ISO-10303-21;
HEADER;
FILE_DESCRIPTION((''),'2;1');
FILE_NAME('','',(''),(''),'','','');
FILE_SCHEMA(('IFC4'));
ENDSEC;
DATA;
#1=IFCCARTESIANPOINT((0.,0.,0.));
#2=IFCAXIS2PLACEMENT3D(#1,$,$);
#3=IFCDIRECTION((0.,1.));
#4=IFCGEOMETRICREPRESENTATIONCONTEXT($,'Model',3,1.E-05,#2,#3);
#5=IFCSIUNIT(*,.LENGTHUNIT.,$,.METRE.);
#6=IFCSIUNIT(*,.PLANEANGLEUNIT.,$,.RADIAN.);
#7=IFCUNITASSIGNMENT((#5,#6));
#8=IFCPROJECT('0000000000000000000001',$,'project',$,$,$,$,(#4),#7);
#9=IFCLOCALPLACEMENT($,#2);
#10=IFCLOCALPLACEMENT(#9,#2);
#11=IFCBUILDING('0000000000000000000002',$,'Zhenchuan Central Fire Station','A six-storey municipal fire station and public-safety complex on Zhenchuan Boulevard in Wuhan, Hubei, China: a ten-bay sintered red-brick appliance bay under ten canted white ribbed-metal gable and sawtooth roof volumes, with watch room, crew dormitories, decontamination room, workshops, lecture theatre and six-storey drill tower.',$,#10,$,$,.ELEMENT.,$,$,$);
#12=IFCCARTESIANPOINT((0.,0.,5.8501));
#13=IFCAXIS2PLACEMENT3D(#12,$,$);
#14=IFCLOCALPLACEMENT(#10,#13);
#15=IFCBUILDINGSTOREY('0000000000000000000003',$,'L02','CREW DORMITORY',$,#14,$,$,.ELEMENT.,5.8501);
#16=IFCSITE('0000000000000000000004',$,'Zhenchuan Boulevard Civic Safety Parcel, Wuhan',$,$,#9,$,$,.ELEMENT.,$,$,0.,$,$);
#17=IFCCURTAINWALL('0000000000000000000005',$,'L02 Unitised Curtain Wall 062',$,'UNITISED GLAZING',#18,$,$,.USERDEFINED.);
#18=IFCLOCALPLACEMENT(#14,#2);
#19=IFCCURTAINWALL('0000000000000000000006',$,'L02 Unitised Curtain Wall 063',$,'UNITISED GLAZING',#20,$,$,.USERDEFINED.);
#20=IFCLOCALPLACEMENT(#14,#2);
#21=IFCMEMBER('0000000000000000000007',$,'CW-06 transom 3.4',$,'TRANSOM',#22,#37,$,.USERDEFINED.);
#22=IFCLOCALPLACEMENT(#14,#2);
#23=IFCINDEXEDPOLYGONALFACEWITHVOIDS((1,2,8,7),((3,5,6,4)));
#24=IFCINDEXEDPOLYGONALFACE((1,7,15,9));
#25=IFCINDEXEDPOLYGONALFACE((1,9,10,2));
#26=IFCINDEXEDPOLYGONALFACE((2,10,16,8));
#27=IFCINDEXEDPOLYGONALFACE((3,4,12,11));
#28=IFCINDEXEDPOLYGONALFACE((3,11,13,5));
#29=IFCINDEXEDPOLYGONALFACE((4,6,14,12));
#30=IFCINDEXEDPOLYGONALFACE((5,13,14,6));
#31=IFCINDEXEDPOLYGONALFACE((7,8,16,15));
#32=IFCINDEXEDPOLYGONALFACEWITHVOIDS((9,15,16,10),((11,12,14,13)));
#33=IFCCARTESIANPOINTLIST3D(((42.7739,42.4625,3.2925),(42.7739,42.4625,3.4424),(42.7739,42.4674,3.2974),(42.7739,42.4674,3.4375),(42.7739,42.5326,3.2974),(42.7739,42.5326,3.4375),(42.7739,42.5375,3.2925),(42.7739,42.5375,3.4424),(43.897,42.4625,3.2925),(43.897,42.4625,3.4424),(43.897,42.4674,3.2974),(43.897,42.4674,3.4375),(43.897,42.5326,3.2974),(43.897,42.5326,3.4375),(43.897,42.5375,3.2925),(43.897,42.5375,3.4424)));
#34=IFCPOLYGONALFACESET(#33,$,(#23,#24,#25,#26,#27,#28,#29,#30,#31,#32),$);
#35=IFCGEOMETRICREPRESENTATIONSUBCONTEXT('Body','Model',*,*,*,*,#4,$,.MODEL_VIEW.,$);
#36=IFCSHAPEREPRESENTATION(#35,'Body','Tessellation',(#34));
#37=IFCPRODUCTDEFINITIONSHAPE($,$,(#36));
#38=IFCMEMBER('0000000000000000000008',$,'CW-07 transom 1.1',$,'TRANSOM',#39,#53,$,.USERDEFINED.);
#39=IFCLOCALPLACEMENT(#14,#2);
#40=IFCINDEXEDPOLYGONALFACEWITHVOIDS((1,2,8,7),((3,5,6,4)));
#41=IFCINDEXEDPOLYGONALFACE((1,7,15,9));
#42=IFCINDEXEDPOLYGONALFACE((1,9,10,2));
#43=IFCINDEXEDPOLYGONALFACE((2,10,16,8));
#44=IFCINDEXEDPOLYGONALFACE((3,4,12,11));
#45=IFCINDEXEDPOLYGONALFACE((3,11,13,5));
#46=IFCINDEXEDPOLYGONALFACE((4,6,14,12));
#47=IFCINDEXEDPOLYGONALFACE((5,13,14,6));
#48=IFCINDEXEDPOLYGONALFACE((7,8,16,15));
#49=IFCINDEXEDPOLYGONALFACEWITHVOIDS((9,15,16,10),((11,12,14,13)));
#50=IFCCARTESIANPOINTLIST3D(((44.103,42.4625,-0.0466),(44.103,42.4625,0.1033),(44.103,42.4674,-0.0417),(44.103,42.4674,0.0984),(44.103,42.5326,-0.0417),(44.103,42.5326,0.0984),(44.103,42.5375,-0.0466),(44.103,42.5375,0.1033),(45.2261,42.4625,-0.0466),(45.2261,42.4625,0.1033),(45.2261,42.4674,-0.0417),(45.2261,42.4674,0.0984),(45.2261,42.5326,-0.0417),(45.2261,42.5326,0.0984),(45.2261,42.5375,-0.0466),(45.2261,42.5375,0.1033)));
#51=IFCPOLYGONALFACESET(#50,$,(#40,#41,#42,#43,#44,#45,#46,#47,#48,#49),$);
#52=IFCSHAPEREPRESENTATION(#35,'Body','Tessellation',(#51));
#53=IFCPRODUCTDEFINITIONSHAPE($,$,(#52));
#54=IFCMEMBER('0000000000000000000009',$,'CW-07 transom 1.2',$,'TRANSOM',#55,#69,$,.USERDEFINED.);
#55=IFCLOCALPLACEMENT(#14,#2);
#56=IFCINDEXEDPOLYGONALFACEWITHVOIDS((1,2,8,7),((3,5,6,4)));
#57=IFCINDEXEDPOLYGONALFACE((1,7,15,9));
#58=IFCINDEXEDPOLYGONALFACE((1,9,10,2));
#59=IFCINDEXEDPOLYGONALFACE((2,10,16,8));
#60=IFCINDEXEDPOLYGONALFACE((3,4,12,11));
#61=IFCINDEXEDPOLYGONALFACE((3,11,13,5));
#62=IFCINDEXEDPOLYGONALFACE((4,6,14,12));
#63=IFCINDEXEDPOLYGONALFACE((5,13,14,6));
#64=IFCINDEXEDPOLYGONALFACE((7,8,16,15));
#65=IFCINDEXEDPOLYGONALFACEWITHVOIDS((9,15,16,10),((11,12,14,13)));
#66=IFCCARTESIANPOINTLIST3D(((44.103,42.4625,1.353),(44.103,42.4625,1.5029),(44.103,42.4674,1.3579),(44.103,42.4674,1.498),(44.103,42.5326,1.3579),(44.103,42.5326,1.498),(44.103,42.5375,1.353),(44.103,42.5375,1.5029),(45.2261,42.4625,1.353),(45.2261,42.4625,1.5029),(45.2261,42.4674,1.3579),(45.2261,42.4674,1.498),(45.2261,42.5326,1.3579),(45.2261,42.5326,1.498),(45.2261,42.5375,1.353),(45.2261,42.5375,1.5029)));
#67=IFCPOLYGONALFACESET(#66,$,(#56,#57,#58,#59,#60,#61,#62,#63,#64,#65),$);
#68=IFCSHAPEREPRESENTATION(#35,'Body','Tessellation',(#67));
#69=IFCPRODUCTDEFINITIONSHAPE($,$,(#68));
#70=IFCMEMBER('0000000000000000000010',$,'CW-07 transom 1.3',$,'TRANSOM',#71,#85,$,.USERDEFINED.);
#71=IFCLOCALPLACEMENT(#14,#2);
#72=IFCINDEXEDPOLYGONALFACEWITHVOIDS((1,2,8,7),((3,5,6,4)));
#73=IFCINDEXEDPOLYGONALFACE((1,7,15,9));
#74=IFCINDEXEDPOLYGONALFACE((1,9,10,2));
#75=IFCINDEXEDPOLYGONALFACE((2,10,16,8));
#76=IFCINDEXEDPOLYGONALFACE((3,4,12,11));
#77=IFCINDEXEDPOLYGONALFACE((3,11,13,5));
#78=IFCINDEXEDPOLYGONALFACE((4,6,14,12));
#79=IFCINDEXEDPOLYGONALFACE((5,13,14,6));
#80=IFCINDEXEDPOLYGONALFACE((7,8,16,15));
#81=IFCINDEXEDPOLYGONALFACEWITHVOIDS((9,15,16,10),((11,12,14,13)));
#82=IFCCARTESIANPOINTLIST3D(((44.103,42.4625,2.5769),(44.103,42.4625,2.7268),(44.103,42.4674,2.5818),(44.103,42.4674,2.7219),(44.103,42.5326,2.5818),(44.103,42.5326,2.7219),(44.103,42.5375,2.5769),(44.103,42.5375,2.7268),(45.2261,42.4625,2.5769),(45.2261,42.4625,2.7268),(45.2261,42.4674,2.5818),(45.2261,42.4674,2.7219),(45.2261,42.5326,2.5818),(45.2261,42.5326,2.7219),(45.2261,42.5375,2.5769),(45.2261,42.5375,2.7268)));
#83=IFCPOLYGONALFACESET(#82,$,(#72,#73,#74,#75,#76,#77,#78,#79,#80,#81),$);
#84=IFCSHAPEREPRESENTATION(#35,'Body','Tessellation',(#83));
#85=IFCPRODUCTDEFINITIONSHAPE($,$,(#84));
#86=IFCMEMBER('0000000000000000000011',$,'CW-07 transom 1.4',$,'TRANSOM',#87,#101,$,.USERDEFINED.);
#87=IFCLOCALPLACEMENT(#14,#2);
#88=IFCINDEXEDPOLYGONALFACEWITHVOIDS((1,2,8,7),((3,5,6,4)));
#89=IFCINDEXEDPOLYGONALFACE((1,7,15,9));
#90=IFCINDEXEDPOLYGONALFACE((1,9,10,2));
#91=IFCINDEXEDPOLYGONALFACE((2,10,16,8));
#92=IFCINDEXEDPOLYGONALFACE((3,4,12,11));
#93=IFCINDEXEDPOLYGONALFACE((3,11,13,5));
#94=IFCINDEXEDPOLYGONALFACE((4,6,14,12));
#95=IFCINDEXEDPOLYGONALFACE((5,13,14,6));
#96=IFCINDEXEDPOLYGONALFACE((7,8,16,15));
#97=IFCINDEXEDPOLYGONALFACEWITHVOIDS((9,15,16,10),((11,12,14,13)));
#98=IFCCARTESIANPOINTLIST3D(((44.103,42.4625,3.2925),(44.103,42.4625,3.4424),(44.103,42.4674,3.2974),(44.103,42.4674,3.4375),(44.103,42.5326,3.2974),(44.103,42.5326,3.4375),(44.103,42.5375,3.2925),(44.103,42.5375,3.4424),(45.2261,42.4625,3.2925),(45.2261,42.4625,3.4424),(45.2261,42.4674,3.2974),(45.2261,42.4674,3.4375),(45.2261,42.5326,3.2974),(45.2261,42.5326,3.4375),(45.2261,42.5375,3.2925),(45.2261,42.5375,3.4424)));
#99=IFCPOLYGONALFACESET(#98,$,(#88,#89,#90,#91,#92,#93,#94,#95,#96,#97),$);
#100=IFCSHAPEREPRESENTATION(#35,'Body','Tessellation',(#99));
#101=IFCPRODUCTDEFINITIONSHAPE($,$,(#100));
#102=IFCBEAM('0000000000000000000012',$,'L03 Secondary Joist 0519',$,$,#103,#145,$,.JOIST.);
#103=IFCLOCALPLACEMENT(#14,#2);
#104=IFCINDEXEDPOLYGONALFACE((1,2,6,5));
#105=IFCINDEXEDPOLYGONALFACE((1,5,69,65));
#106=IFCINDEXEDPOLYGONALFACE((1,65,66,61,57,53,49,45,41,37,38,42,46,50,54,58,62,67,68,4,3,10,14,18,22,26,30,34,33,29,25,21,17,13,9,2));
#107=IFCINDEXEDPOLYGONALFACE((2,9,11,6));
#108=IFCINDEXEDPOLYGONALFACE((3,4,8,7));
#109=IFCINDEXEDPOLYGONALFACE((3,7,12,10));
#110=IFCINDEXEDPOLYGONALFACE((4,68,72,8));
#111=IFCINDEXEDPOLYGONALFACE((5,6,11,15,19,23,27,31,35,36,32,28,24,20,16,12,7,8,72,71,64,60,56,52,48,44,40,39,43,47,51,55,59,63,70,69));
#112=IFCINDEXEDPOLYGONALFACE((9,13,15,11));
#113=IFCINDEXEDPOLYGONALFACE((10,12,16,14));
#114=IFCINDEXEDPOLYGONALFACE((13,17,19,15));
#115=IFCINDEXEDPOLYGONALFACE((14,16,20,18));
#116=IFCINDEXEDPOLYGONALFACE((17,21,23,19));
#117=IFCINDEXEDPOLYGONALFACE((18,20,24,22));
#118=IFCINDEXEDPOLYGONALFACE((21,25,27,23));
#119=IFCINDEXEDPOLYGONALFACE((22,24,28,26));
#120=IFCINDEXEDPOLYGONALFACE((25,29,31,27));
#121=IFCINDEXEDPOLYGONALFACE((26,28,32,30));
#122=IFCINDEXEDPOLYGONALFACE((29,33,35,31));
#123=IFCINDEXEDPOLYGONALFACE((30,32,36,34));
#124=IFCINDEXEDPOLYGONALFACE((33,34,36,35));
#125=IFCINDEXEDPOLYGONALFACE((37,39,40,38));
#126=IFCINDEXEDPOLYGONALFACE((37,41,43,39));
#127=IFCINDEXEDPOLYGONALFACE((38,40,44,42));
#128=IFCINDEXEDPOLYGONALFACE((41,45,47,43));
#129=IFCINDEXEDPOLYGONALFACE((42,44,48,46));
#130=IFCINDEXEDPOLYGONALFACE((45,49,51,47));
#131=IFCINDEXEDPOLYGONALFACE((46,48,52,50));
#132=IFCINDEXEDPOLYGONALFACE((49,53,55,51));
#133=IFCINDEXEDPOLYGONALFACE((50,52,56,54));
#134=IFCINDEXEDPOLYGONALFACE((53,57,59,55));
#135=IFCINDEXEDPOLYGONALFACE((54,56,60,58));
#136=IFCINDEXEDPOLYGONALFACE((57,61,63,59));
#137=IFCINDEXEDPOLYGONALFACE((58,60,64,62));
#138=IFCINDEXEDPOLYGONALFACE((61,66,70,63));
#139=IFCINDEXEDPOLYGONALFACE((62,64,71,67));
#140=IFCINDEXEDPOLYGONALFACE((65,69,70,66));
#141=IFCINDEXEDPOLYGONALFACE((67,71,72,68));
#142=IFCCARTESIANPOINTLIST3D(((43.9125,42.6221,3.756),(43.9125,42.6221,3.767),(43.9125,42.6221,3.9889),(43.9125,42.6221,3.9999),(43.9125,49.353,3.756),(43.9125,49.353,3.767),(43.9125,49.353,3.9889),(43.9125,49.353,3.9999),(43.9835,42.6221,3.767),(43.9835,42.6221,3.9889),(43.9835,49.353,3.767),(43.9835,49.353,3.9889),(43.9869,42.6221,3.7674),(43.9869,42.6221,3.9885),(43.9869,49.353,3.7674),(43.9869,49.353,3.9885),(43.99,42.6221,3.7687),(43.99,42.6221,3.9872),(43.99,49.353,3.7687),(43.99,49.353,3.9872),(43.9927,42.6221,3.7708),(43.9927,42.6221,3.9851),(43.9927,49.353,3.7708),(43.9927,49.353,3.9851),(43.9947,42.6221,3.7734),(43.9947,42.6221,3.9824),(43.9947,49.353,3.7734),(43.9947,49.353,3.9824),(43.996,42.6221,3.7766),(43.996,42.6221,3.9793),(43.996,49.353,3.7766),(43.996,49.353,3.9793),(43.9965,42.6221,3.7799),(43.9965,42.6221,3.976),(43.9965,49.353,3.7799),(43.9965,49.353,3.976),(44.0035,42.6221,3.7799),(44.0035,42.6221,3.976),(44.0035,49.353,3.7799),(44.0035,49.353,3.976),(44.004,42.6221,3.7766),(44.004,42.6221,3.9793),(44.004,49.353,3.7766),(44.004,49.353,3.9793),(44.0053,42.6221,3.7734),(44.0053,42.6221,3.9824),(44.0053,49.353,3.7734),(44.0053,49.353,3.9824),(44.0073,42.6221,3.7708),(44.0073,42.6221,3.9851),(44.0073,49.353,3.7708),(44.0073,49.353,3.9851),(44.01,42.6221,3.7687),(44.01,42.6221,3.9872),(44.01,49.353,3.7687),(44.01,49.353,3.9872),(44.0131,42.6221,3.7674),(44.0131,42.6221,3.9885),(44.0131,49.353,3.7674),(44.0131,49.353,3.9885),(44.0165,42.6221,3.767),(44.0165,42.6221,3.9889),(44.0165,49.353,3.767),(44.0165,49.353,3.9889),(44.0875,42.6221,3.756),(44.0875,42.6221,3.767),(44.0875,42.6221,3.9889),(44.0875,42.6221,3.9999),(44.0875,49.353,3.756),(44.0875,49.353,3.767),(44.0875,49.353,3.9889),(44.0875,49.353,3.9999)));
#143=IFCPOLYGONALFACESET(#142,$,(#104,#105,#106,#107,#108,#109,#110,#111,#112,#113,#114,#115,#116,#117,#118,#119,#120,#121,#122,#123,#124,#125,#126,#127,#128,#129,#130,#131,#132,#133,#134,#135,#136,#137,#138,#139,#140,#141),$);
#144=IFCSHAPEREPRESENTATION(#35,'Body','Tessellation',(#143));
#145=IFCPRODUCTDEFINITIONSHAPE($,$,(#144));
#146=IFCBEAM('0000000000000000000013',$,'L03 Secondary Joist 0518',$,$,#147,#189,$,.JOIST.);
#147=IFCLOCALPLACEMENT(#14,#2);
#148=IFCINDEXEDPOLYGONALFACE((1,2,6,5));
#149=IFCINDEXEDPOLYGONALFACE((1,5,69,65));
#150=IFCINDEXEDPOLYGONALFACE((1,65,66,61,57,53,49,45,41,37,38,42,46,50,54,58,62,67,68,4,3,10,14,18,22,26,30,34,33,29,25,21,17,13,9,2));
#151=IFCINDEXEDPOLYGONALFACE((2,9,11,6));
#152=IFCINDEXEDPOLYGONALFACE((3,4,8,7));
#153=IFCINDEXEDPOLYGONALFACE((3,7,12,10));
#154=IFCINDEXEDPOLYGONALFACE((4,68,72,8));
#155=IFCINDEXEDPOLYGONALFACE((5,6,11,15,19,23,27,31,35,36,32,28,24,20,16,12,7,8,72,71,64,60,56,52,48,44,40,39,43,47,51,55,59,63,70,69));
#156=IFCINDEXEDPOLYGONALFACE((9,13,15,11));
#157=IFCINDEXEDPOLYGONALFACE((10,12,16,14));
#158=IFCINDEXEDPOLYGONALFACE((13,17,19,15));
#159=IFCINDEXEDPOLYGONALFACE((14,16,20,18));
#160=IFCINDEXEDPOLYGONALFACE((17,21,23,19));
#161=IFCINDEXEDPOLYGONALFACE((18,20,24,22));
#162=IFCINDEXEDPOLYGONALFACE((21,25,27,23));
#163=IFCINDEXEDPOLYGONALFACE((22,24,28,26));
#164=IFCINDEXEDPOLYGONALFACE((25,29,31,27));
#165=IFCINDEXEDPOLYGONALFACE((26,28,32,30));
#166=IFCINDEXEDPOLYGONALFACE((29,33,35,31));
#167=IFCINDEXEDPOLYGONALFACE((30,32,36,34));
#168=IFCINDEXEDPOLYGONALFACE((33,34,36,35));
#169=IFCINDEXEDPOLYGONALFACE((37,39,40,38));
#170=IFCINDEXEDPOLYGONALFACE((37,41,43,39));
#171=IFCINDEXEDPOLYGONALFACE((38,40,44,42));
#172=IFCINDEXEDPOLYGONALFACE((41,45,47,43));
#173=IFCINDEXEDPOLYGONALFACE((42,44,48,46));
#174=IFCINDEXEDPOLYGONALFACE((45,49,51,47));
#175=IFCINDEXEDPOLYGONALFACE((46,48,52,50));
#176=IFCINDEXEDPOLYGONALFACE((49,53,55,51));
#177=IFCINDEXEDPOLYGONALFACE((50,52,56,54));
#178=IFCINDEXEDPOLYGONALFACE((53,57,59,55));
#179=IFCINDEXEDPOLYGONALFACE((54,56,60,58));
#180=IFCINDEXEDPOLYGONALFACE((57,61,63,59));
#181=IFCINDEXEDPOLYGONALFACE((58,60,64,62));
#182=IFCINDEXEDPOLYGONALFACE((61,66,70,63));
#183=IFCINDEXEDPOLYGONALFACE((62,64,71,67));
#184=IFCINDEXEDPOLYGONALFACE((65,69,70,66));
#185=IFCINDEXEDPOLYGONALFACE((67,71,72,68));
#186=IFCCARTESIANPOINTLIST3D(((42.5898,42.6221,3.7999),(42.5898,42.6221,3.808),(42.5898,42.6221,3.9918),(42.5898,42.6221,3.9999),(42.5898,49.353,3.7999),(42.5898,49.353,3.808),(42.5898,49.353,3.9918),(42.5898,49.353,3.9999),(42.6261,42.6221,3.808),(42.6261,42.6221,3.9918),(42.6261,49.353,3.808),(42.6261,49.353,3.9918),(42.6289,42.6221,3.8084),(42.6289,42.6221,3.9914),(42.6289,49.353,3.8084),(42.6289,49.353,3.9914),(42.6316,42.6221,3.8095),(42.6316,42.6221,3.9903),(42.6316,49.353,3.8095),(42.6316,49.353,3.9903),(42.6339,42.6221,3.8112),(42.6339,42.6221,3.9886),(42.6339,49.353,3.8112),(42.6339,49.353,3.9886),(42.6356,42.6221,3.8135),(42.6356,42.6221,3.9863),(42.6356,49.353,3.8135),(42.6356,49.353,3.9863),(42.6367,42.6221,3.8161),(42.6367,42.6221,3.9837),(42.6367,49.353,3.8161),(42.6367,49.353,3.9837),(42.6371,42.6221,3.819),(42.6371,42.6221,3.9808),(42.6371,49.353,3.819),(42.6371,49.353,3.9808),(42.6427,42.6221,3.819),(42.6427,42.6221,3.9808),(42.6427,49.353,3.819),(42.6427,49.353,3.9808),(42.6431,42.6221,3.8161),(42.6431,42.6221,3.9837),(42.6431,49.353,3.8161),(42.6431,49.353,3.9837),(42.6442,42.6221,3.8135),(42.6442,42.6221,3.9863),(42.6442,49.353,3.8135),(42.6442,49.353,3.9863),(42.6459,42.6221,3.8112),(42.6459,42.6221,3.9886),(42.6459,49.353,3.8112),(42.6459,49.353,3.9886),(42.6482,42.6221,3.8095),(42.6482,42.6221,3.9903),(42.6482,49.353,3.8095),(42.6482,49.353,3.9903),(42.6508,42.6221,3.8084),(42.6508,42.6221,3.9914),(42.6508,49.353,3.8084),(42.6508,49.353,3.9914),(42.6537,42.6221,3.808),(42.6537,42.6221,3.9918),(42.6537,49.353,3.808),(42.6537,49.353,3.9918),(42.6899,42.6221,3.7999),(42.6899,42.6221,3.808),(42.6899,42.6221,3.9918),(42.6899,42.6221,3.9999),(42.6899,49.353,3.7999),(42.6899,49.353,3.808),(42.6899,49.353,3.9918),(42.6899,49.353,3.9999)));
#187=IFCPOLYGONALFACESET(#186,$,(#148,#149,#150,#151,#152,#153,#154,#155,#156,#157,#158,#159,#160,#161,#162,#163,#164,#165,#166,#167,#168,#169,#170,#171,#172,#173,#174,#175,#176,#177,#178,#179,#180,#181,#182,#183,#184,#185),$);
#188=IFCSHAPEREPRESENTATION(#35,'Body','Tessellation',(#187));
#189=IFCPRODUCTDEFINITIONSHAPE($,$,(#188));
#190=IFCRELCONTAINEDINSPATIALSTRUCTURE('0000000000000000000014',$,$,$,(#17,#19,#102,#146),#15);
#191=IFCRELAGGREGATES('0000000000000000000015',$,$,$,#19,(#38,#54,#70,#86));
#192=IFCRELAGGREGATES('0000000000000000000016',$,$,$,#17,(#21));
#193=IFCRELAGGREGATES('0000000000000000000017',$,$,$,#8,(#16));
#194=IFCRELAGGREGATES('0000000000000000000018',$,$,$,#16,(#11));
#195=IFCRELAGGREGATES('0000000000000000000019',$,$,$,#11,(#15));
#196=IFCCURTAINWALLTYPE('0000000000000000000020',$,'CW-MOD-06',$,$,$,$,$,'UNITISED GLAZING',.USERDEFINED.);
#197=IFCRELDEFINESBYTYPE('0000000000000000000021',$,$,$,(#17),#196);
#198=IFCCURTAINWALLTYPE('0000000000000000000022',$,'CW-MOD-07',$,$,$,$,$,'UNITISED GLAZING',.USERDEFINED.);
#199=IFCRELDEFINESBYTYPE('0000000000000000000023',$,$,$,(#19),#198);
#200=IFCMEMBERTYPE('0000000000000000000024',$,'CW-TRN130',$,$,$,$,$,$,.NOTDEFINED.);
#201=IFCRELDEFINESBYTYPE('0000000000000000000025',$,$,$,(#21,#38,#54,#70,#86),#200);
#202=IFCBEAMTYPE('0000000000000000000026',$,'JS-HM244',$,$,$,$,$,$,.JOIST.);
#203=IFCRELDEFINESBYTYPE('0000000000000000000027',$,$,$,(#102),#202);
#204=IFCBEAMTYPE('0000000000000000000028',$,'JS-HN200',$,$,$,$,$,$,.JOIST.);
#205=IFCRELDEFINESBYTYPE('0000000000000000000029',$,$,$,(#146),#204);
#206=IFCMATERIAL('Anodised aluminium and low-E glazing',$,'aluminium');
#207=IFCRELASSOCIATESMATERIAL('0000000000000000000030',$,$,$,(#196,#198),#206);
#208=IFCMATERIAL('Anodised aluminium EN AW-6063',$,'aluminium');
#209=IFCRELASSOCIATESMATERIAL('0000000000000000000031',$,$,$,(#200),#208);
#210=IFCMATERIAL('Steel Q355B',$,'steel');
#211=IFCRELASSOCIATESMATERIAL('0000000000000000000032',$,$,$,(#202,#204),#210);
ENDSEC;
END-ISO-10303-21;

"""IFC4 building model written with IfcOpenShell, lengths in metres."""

from ifc_helpers import new_model, si_unit, direction, frame, origin, origin_2d, place, context, subcontext, project, spatial, hollow_rectangle, i_section, extrude, material, material_profile, profile_set, type_object, element, aggregate, save


model = new_model("IFC4")

# Units and contexts
model_context = context("Model", 3, precision=1e-05, world=origin(), true_north=direction((0.0, 1.0)))
body_context = subcontext(model_context, "Body", "Model", "MODEL_VIEW")
ifc_project = project(units=[si_unit("LENGTHUNIT", "METRE"), si_unit("PLANEANGLEUNIT", "RADIAN")], contexts=[model_context])

# Site, building, storey
site_placement = place(None, origin())
site = spatial("IfcSite", under=ifc_project, at=site_placement, Name="Zhenchuan Boulevard Civic Safety Parcel, Wuhan", CompositionType="ELEMENT", RefElevation=0.0)
building_placement = place(site_placement, origin())
building = spatial("IfcBuilding", under=site, at=building_placement, Name="Zhenchuan Central Fire Station", Description="A six-storey municipal fire station and public-safety complex on Zhenchuan Boulevard in Wuhan, Hubei, China: a ten-bay sintered red-brick appliance bay under ten canted white ribbed-metal gable and sawtooth roof volumes, with watch room, crew dormitories, decontamination room, workshops, lecture theatre and six-storey drill tower.", CompositionType="ELEMENT")
storey_placement = place(building_placement, frame((0.0, 0.0, 5.8501)))
storey = spatial("IfcBuildingStorey", under=building, at=storey_placement, Name="L02", Description="CREW DORMITORY", CompositionType="ELEMENT", Elevation=5.8501)

# Shared definitions
ifc_material_1 = material(Name="Steel Q355B", Category="steel")

# Curtain wall
ifc_material_2 = material(Name="Anodised aluminium and low-E glazing", Category="aluminium")
curtain_wall_type_1 = type_object("IfcCurtainWallType", Name="CW-MOD-06", ElementType="UNITISED GLAZING", PredefinedType="USERDEFINED", material=ifc_material_2)
curtain_wall_1_placement = place(storey_placement, origin())
curtain_wall_1 = element("IfcCurtainWall", 1, at=curtain_wall_1_placement, inside=storey, type_object=curtain_wall_type_1, Name="L02 Unitised Curtain Wall 062", ObjectType="UNITISED GLAZING", PredefinedType="USERDEFINED")
ifc_material_3 = material(Name="Anodised aluminium EN AW-6063", Category="aluminium")

# Curtain wall
curtain_wall_type_2 = type_object("IfcCurtainWallType", Name="CW-MOD-07", ElementType="UNITISED GLAZING", PredefinedType="USERDEFINED", material=ifc_material_2)
curtain_wall_2_placement = place(storey_placement, origin())
curtain_wall_2 = element("IfcCurtainWall", 2, at=curtain_wall_2_placement, inside=storey, type_object=curtain_wall_type_2, Name="L02 Unitised Curtain Wall 063", ObjectType="UNITISED GLAZING", PredefinedType="USERDEFINED")

# Members
ifc_material_profile_1 = material_profile(ifc_material_3, hollow_rectangle(XDim=0.075, YDim=0.1499, WallThickness=0.0049, at=origin_2d()), Name="ALU-T 150x75")
ifc_profile_set_1 = profile_set([ifc_material_profile_1], Name="Anodised aluminium EN AW-6063")
member_type_1 = type_object("IfcMemberType", Name="CW-TRN130", PredefinedType="NOTDEFINED", material=ifc_profile_set_1)
member_1_placement = place(storey_placement, frame((42.7739, 42.5, 3.3674), z_axis=(1.0, 0.0, 0.0), x_axis=(0.0, 1.0, 0.0)))
member_1 = element("IfcMember", 3, at=member_1_placement, type_object=member_type_1, Name="CW-06 transom 3.4", ObjectType="TRANSOM", PredefinedType="USERDEFINED", context=body_context, shape_type="SweptSolid", body=[
    extrude(hollow_rectangle(XDim=0.075, YDim=0.1499, WallThickness=0.0049, at=origin_2d()), origin(), (0.0, 0.0, 1.0), 1.123),
])
member_2_placement = place(storey_placement, frame((44.103, 42.5, 0.0283), z_axis=(1.0, 0.0, 0.0), x_axis=(0.0, 1.0, 0.0)))
member_2 = element("IfcMember", 4, at=member_2_placement, type_object=member_type_1, Name="CW-07 transom 1.1", ObjectType="TRANSOM", PredefinedType="USERDEFINED", context=body_context, shape_type="SweptSolid", body=[
    extrude(hollow_rectangle(XDim=0.075, YDim=0.1499, WallThickness=0.0049, at=origin_2d()), origin(), (0.0, 0.0, 1.0), 1.123),
])
member_3_placement = place(storey_placement, frame((44.103, 42.5, 1.428), z_axis=(1.0, 0.0, 0.0), x_axis=(0.0, 1.0, 0.0)))
member_3 = element("IfcMember", 5, at=member_3_placement, type_object=member_type_1, Name="CW-07 transom 1.2", ObjectType="TRANSOM", PredefinedType="USERDEFINED", context=body_context, shape_type="SweptSolid", body=[
    extrude(hollow_rectangle(XDim=0.075, YDim=0.1499, WallThickness=0.0049, at=origin_2d()), origin(), (0.0, 0.0, 1.0), 1.123),
])
member_4_placement = place(storey_placement, frame((44.103, 42.5, 2.6519), z_axis=(1.0, 0.0, 0.0), x_axis=(0.0, 1.0, 0.0)))
member_4 = element("IfcMember", 6, at=member_4_placement, type_object=member_type_1, Name="CW-07 transom 1.3", ObjectType="TRANSOM", PredefinedType="USERDEFINED", context=body_context, shape_type="SweptSolid", body=[
    extrude(hollow_rectangle(XDim=0.075, YDim=0.1499, WallThickness=0.0049, at=origin_2d()), origin(), (0.0, 0.0, 1.0), 1.123),
])
member_5_placement = place(storey_placement, frame((44.103, 42.5, 3.3674), z_axis=(1.0, 0.0, 0.0), x_axis=(0.0, 1.0, 0.0)))
member_5 = element("IfcMember", 7, at=member_5_placement, type_object=member_type_1, Name="CW-07 transom 1.4", ObjectType="TRANSOM", PredefinedType="USERDEFINED", context=body_context, shape_type="SweptSolid", body=[
    extrude(hollow_rectangle(XDim=0.075, YDim=0.1499, WallThickness=0.0049, at=origin_2d()), origin(), (0.0, 0.0, 1.0), 1.123),
])
aggregate(curtain_wall_2, [member_2, member_3, member_4, member_5])

# Beams
ifc_material_profile_2 = material_profile(ifc_material_1, i_section(OverallWidth=0.175, OverallDepth=0.2439, WebThickness=0.0071, FlangeThickness=0.011, FilletRadius=0.0129, at=origin_2d()), Name="HM 244x175")
ifc_profile_set_2 = profile_set([ifc_material_profile_2], Name="Steel Q355B")
beam_type_1 = type_object("IfcBeamType", Name="JS-HM244", PredefinedType="JOIST", material=ifc_profile_set_2)
beam_1_placement = place(storey_placement, frame((44.0, 42.6221, 3.8779), z_axis=(0.0, 1.0, 0.0), x_axis=(-1.0, 0.0, 0.0)))
element("IfcBeam", 8, at=beam_1_placement, inside=storey, type_object=beam_type_1, Name="L03 Secondary Joist 0519", PredefinedType="JOIST", context=body_context, shape_type="SweptSolid", body=[
    extrude(i_section(OverallWidth=0.175, OverallDepth=0.2439, WebThickness=0.0071, FlangeThickness=0.011, FilletRadius=0.0129, at=origin_2d()), origin(), (0.0, 0.0, 1.0), 6.731),
])
ifc_material_profile_3 = material_profile(ifc_material_1, i_section(OverallWidth=0.1001, OverallDepth=0.2, WebThickness=0.0056, FlangeThickness=0.0081, FilletRadius=0.011, at=origin_2d()), Name="HN 200x100")
ifc_profile_set_3 = profile_set([ifc_material_profile_3], Name="Steel Q355B")
beam_type_2 = type_object("IfcBeamType", Name="JS-HN200", PredefinedType="JOIST", material=ifc_profile_set_3)
beam_2_placement = place(storey_placement, frame((42.6399, 42.6221, 3.8999), z_axis=(0.0, 1.0, 0.0), x_axis=(-1.0, 0.0, 0.0)))
element("IfcBeam", 9, at=beam_2_placement, inside=storey, type_object=beam_type_2, Name="L03 Secondary Joist 0518", PredefinedType="JOIST", context=body_context, shape_type="SweptSolid", body=[
    extrude(i_section(OverallWidth=0.1001, OverallDepth=0.2, WebThickness=0.0056, FlangeThickness=0.0081, FilletRadius=0.011, at=origin_2d()), origin(), (0.0, 0.0, 1.0), 6.731),
])

aggregate(curtain_wall_1, [member_1])

save(model, "model.ifc")
